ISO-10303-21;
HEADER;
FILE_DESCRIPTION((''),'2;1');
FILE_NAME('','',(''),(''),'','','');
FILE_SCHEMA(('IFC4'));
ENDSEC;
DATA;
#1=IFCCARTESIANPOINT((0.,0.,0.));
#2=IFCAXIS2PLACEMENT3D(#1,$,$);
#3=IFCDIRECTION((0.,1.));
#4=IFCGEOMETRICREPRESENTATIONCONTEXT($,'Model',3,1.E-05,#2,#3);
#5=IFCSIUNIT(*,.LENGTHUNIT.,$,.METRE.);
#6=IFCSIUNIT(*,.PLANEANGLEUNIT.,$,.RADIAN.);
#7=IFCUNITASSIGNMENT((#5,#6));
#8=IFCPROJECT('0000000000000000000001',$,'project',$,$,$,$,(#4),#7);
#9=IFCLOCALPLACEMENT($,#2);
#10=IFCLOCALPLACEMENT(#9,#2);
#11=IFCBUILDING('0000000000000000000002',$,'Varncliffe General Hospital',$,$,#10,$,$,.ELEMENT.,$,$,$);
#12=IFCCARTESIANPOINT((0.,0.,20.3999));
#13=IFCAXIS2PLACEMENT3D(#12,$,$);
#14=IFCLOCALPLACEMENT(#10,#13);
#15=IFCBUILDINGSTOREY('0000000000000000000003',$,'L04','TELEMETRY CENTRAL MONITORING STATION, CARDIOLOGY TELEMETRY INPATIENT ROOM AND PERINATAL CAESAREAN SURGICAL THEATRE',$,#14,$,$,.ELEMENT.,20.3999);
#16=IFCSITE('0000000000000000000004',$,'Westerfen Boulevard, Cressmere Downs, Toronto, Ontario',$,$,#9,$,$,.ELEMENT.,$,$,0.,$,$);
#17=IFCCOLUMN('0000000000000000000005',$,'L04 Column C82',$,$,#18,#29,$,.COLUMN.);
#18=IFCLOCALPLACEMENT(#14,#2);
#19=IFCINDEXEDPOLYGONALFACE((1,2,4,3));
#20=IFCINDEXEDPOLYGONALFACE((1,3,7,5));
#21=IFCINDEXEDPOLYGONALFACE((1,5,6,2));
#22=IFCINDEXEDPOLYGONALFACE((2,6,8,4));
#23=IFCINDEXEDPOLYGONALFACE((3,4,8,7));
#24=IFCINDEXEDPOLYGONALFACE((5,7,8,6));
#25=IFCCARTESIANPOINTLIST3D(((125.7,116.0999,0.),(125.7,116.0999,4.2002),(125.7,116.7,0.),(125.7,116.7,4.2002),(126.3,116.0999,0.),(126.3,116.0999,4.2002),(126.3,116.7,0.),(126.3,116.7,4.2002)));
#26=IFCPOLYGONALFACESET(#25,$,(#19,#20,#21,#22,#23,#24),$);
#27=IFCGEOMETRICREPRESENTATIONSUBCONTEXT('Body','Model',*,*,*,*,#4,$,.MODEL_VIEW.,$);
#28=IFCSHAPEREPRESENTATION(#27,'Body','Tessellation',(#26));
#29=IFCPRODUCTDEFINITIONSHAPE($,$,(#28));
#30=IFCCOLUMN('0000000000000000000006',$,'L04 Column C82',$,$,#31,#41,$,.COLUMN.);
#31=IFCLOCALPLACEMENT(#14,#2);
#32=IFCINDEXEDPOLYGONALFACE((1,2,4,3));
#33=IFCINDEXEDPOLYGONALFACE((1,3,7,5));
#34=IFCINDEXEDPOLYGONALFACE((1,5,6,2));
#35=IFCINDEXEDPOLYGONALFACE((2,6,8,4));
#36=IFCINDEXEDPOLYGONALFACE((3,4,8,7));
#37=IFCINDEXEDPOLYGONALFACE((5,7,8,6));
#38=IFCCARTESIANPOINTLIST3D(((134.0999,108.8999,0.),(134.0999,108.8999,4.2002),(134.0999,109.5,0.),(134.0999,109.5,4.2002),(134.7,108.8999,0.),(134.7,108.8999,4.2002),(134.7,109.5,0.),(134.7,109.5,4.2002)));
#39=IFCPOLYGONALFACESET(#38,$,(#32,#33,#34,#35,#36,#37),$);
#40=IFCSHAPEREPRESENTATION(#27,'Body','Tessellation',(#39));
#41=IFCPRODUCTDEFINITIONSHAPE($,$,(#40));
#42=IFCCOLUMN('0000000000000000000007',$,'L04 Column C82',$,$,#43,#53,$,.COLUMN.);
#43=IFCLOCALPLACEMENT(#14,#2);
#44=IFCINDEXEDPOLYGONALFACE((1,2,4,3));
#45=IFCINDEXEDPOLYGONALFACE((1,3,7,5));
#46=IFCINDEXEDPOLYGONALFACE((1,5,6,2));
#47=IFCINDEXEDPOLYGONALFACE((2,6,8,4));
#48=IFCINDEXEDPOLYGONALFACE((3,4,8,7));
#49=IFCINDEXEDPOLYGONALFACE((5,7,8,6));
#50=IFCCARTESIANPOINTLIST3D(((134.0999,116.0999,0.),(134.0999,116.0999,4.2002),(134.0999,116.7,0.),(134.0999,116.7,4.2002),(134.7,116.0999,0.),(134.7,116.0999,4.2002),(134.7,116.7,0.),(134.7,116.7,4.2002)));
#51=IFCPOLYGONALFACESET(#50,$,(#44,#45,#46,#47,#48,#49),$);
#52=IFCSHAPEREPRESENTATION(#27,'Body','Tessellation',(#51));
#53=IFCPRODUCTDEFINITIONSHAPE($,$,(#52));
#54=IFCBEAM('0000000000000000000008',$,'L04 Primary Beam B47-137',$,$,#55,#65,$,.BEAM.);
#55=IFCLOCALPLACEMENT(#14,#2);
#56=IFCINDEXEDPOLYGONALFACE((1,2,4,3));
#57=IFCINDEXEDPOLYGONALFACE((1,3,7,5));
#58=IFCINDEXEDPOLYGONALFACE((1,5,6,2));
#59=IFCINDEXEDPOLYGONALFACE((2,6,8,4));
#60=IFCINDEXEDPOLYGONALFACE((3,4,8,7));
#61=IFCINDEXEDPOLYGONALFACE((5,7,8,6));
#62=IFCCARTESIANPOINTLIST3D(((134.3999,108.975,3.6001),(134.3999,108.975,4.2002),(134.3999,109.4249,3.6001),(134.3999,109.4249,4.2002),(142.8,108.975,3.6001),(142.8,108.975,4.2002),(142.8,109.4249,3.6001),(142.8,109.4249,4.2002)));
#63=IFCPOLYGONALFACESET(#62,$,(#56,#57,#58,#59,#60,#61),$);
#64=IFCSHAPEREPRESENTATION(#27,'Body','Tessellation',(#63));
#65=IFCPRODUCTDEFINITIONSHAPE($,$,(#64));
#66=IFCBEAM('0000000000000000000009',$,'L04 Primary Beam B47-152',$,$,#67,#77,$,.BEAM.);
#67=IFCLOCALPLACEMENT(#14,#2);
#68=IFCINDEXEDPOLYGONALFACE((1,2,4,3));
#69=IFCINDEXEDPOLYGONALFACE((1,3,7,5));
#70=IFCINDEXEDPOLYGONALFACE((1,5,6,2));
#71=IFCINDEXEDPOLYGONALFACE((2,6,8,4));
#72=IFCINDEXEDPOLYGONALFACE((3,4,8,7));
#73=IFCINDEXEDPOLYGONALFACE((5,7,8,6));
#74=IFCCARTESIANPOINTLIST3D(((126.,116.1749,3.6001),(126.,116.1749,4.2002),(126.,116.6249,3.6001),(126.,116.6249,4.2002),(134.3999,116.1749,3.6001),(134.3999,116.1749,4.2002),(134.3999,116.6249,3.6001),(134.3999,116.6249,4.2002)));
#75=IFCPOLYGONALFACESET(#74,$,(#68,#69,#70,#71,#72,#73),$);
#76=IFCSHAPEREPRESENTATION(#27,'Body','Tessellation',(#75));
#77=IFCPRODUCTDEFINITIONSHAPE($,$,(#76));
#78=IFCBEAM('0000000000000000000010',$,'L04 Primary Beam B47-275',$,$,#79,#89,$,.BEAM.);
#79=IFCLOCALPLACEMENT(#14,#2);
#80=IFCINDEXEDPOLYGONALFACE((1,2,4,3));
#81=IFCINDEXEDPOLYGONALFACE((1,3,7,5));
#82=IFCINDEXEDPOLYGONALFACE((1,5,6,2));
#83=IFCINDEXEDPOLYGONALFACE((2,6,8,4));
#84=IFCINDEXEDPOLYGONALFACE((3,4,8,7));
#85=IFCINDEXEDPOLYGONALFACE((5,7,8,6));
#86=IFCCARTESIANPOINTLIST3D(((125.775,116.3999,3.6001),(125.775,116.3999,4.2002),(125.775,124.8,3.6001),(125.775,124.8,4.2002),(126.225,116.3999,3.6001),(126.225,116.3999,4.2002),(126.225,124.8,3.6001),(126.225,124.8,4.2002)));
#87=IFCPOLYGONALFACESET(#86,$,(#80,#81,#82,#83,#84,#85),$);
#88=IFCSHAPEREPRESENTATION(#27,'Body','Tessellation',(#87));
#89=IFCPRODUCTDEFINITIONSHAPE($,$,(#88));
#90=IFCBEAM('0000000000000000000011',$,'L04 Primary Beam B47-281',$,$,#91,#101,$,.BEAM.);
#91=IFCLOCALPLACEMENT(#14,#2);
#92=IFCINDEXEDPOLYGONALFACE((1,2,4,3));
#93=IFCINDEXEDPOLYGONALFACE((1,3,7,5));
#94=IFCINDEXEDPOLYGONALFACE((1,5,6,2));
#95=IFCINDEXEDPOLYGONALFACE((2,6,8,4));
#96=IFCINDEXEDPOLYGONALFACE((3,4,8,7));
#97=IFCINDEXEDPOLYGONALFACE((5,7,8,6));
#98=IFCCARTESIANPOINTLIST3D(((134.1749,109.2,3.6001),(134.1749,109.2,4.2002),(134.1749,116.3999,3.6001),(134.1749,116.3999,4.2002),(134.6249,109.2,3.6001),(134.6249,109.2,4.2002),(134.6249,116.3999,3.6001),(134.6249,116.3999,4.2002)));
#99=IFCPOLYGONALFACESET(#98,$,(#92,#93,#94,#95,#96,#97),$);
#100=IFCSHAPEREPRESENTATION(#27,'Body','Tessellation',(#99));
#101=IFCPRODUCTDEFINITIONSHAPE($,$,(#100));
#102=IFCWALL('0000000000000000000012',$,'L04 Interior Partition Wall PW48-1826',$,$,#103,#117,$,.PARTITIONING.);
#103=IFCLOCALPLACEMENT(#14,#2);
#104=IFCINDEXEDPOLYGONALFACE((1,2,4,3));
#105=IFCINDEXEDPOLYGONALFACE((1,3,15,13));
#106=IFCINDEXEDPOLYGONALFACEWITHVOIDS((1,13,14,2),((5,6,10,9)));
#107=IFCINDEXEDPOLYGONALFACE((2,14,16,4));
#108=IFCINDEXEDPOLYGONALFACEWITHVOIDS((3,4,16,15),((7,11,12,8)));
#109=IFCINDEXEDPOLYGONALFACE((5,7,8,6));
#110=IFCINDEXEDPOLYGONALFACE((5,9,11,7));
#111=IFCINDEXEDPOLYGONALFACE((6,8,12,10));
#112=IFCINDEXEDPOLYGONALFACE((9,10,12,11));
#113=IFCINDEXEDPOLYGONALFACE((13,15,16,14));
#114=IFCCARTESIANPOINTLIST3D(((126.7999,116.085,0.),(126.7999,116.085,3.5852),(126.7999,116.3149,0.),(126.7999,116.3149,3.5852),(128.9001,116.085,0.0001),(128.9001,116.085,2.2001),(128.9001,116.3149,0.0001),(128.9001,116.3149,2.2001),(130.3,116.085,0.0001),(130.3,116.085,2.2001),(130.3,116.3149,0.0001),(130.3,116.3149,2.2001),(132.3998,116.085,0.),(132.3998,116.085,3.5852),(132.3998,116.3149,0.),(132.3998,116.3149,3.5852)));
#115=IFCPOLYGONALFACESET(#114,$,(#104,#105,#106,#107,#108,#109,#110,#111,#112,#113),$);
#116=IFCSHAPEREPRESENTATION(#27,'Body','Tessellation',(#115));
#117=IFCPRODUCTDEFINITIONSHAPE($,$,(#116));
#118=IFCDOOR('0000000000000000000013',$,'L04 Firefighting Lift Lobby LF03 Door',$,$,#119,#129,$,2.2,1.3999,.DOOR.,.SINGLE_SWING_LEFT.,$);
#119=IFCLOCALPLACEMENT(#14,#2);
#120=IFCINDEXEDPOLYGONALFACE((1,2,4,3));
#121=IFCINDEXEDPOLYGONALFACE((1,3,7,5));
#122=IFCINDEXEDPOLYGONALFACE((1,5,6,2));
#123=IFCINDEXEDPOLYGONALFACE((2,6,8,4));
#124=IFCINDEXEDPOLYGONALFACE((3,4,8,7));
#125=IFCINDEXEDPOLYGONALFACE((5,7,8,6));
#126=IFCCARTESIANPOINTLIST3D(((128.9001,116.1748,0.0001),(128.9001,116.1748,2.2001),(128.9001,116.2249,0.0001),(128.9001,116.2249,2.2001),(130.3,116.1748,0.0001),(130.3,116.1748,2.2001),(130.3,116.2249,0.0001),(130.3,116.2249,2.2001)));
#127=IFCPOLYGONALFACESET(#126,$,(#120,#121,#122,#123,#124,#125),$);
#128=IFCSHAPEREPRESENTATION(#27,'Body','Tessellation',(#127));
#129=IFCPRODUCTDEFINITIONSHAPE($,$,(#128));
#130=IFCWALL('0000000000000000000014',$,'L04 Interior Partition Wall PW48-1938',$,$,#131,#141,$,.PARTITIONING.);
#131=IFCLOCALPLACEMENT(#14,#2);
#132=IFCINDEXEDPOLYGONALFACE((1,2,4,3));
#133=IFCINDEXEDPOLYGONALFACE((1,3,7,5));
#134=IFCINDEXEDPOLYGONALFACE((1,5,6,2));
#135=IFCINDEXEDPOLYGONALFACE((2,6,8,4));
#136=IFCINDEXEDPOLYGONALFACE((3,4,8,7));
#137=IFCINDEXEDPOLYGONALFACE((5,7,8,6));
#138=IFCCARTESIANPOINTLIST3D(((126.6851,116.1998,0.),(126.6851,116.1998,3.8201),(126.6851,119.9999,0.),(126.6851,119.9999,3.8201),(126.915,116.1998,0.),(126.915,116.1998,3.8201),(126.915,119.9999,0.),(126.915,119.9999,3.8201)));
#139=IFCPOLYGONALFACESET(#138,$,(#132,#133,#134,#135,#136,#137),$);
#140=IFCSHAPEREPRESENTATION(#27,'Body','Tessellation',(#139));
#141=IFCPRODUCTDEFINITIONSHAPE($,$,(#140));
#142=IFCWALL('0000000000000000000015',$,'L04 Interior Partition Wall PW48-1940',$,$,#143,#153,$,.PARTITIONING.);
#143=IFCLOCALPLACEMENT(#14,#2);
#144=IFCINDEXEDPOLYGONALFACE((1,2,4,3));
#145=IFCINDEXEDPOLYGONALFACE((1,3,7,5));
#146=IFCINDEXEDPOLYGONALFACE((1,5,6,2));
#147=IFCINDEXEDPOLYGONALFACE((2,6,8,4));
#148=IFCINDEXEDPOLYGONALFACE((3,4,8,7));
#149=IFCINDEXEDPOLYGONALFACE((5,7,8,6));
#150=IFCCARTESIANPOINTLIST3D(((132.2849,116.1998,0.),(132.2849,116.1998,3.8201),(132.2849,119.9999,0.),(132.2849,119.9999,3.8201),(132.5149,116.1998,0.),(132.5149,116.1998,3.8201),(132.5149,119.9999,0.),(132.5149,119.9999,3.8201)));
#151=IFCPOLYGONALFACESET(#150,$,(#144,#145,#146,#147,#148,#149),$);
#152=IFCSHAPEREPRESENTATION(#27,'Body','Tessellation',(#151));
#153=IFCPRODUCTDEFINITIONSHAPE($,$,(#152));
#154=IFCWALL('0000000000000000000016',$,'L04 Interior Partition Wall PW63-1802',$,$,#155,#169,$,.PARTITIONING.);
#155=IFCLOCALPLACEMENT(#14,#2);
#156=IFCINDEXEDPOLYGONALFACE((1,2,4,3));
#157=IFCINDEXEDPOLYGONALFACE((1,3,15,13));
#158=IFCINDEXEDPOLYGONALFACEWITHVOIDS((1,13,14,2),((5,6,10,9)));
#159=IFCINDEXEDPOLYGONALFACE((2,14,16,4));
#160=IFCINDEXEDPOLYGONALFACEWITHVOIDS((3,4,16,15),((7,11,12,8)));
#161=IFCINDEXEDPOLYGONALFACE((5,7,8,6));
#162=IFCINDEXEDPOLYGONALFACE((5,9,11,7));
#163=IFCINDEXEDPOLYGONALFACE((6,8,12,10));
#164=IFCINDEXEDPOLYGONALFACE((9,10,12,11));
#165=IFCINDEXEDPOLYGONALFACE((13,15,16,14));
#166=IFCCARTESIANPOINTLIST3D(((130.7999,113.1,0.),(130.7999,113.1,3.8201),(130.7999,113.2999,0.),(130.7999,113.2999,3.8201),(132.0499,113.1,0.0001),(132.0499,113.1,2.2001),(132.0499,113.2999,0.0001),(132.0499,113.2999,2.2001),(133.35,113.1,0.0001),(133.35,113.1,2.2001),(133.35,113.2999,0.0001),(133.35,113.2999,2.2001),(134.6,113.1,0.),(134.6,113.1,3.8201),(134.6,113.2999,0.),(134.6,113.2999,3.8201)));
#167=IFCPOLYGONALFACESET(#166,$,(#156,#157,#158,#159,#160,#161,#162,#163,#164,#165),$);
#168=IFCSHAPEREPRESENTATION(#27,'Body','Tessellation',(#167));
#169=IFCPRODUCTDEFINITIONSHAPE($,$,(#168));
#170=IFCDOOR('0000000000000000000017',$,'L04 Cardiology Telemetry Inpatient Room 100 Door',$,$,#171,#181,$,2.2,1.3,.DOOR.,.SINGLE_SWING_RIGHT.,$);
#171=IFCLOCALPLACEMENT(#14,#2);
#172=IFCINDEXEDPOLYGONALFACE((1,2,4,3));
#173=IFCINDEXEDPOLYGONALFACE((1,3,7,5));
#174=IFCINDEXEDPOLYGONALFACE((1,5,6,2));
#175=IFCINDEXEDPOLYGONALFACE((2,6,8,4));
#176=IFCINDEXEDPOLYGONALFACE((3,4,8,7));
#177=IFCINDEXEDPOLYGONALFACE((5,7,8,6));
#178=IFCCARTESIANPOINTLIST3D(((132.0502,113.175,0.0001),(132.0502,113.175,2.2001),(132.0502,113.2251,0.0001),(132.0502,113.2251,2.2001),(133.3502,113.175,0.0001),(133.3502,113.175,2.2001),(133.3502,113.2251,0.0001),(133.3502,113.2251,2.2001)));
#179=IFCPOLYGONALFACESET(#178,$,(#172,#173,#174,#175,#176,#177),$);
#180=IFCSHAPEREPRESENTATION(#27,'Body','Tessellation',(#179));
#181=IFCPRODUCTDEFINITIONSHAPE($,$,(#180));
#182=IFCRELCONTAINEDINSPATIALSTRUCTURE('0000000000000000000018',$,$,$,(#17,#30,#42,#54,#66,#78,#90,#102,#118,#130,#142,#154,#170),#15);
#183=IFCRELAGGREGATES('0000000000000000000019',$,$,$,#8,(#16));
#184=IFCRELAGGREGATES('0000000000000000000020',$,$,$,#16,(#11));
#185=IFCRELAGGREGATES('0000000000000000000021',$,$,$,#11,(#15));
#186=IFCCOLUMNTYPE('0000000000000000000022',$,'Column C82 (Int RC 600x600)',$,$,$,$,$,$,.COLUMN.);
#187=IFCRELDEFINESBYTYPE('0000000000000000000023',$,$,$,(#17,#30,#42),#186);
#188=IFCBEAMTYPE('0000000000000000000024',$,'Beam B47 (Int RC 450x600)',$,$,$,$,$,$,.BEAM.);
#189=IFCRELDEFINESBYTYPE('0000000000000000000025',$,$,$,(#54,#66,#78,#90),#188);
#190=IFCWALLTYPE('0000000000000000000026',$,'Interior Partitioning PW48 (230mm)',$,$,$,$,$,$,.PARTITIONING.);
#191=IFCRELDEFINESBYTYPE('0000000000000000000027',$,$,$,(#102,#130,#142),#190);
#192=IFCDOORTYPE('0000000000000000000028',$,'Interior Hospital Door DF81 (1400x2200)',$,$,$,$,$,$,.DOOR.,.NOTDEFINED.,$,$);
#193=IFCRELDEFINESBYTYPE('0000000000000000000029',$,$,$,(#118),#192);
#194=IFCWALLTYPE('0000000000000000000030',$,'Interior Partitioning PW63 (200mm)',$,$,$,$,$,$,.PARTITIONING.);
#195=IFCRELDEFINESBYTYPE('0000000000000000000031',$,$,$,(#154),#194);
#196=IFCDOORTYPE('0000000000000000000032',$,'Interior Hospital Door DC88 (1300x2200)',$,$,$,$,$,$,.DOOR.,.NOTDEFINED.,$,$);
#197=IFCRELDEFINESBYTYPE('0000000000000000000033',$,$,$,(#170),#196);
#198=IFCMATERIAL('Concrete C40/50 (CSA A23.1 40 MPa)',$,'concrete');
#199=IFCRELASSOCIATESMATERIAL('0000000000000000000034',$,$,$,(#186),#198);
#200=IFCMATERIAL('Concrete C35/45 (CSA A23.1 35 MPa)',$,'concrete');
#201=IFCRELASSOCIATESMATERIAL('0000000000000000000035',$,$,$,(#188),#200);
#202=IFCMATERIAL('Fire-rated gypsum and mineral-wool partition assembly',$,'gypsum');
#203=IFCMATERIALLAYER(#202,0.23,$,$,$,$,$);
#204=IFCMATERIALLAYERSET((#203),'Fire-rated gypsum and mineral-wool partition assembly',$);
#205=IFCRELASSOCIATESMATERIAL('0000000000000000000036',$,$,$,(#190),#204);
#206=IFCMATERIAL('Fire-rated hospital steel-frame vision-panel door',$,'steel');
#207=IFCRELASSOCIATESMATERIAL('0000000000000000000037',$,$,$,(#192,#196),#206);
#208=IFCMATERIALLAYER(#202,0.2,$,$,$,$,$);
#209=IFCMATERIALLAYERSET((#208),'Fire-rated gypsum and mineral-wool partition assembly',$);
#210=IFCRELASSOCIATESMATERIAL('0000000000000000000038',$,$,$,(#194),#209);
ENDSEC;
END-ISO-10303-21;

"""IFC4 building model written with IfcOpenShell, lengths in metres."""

from ifc_helpers import new_model, si_unit, direction, frame, frame_2d, origin, origin_2d, place, context, subcontext, project, spatial, rectangle, extrude, material, layer, layer_set, material_profile, profile_set, type_object, element, fill, save


model = new_model("IFC4")

# Units and contexts
model_context = context("Model", 3, precision=1e-05, world=origin(), true_north=direction((0.0, 1.0)))
body_context = subcontext(model_context, "Body", "Model", "MODEL_VIEW")
ifc_project = project(units=[si_unit("LENGTHUNIT", "METRE"), si_unit("PLANEANGLEUNIT", "RADIAN")], contexts=[model_context])

# Site, building, storey
site_placement = place(None, origin())
site = spatial("IfcSite", under=ifc_project, at=site_placement, Name="Westerfen Boulevard, Cressmere Downs, Toronto, Ontario", CompositionType="ELEMENT", RefElevation=0.0)
building_placement = place(site_placement, origin())
building = spatial("IfcBuilding", under=site, at=building_placement, Name="Varncliffe General Hospital", CompositionType="ELEMENT")
storey_placement = place(building_placement, frame((0.0, 0.0, 20.3999)))
storey = spatial("IfcBuildingStorey", under=building, at=storey_placement, Name="L04", Description="TELEMETRY CENTRAL MONITORING STATION, CARDIOLOGY TELEMETRY INPATIENT ROOM AND PERINATAL CAESAREAN SURGICAL THEATRE", CompositionType="ELEMENT", Elevation=20.3999)

# Columns
ifc_material_1 = material(Name="Concrete C40/50 (CSA A23.1 40 MPa)", Category="concrete")
ifc_material_profile_1 = material_profile(ifc_material_1, rectangle(XDim=0.6001, YDim=0.6001, at=origin_2d()), Name="RC 600x600")
ifc_profile_set_1 = profile_set([ifc_material_profile_1], Name="Concrete C40/50 (CSA A23.1 40 MPa)")
column_type = type_object("IfcColumnType", Name="Column C82 (Int RC 600x600)", PredefinedType="COLUMN", material=ifc_profile_set_1)
for number, where, z_axis, x_axis, name in (
    (1, (126.0, 116.3999, 0.0), (0.0, 0.0, 1.0), (1.0, 0.0, 0.0), "L04 Column C82"),
    (2, (134.3999, 109.2, 0.0), (0.0, 0.0, 1.0), (1.0, 0.0, 0.0), "L04 Column C82"),
    (3, (134.3999, 116.3999, 0.0), (0.0, 0.0, 1.0), (1.0, 0.0, 0.0), "L04 Column C82"),
):
    element("IfcColumn", number, at=place(storey_placement, frame(where, z_axis=z_axis, x_axis=x_axis)), inside=storey, type_object=column_type, Name=name, PredefinedType="COLUMN", context=body_context, shape_type="SweptSolid", body=[
        extrude(rectangle(XDim=0.6001, YDim=0.6001, at=origin_2d()), origin(), (0.0, 0.0, 1.0), 4.2002),
    ])

# Beams
ifc_material_2 = material(Name="Concrete C35/45 (CSA A23.1 35 MPa)", Category="concrete")
ifc_material_profile_2 = material_profile(ifc_material_2, rectangle(XDim=0.45, YDim=0.6001, at=origin_2d()), Name="RC 450x600")
ifc_profile_set_2 = profile_set([ifc_material_profile_2], Name="Concrete C35/45 (CSA A23.1 35 MPa)")
beam_type = type_object("IfcBeamType", Name="Beam B47 (Int RC 450x600)", PredefinedType="BEAM", material=ifc_profile_set_2)
beam_1_placement = place(storey_placement, frame((134.3999, 109.2, 3.9001), z_axis=(1.0, 0.0, 0.0), x_axis=(0.0, 1.0, 0.0)))
element("IfcBeam", 4, at=beam_1_placement, inside=storey, type_object=beam_type, Name="L04 Primary Beam B47-137", PredefinedType="BEAM", context=body_context, shape_type="SweptSolid", body=[
    extrude(rectangle(XDim=0.45, YDim=0.6001, at=origin_2d()), origin(), (0.0, 0.0, 1.0), 8.4001),
])
beam_2_placement = place(storey_placement, frame((126.0, 116.3999, 3.9001), z_axis=(1.0, 0.0, 0.0), x_axis=(0.0, 1.0, 0.0)))
element("IfcBeam", 5, at=beam_2_placement, inside=storey, type_object=beam_type, Name="L04 Primary Beam B47-152", PredefinedType="BEAM", context=body_context, shape_type="SweptSolid", body=[
    extrude(rectangle(XDim=0.45, YDim=0.6001, at=origin_2d()), origin(), (0.0, 0.0, 1.0), 8.3999),
])
beam_3_placement = place(storey_placement, frame((126.0, 116.3999, 3.9001), z_axis=(0.0, 1.0, 0.0), x_axis=(-1.0, 0.0, 0.0)))
element("IfcBeam", 6, at=beam_3_placement, inside=storey, type_object=beam_type, Name="L04 Primary Beam B47-275", PredefinedType="BEAM", context=body_context, shape_type="SweptSolid", body=[
    extrude(rectangle(XDim=0.45, YDim=0.6001, at=origin_2d()), origin(), (0.0, 0.0, 1.0), 8.4001),
])
beam_4_placement = place(storey_placement, frame((134.3999, 109.2, 3.9001), z_axis=(0.0, 1.0, 0.0), x_axis=(-1.0, 0.0, 0.0)))
element("IfcBeam", 7, at=beam_4_placement, inside=storey, type_object=beam_type, Name="L04 Primary Beam B47-281", PredefinedType="BEAM", context=body_context, shape_type="SweptSolid", body=[
    extrude(rectangle(XDim=0.45, YDim=0.6001, at=origin_2d()), origin(), (0.0, 0.0, 1.0), 7.2),
])

# Wall, opening, door
ifc_material_3 = material(Name="Fire-rated gypsum and mineral-wool partition assembly", Category="gypsum")
ifc_layer_1 = layer(ifc_material_3, 0.23)
ifc_layer_set_1 = layer_set([ifc_layer_1], Name="Fire-rated gypsum and mineral-wool partition assembly")
wall_type_1 = type_object("IfcWallType", Name="Interior Partitioning PW48 (230mm)", PredefinedType="PARTITIONING", material=ifc_layer_set_1)
wall_1_placement = place(storey_placement, frame((126.8, 116.2, 0.0), z_axis=(0.0, 0.0, 1.0), x_axis=(1.0, 0.0, 0.0)))
wall_1 = element("IfcWall", 8, at=wall_1_placement, inside=storey, type_object=wall_type_1, Name="L04 Interior Partition Wall PW48-1826", PredefinedType="PARTITIONING", context=body_context, shape_type="SweptSolid", body=[
    extrude(rectangle(XDim=5.5999, YDim=0.23, at=frame_2d((2.7998, 0.0))), origin(), (0.0, 0.0, 1.0), 3.5852),
])
opening_1_placement = place(wall_1_placement, frame((2.1001, 0.0, 0.0)))
opening_1 = element("IfcOpeningElement", 9, at=opening_1_placement, cuts=wall_1, PredefinedType="OPENING", context=body_context, shape_type="SweptSolid", body=[
    extrude(rectangle(XDim=1.3999, YDim=2.2, at=frame_2d((0.7, 1.1001))), frame((0.0, 0.125, 0.0), z_axis=(0.0, -1.0, 0.0), x_axis=(1.0, 0.0, 0.0)), (0.0, 0.0, 1.0), 0.25),
])
ifc_material_4 = material(Name="Fire-rated hospital steel-frame vision-panel door", Category="steel")
door_type_1 = type_object("IfcDoorType", Name="Interior Hospital Door DF81 (1400x2200)", OperationType="NOTDEFINED", PredefinedType="DOOR", material=ifc_material_4)
door_1_placement = place(opening_1_placement, origin())
door_1 = element("IfcDoor", 10, at=door_1_placement, inside=storey, type_object=door_type_1, Name="L04 Firefighting Lift Lobby LF03 Door", OperationType="SINGLE_SWING_LEFT", OverallHeight=2.2, OverallWidth=1.3999, PredefinedType="DOOR", context=body_context, shape_type="SweptSolid", body=[
    extrude(rectangle(XDim=1.3999, YDim=2.2, at=frame_2d((0.7, 1.1001))), frame((0.0, 0.0249, 0.0), z_axis=(0.0, -1.0, 0.0), x_axis=(1.0, 0.0, 0.0)), (0.0, 0.0, 1.0), 0.05),
])
fill(opening_1, door_1)

# Walls
for number, where, z_axis, x_axis, name in (
    (11, (126.8, 116.2, 0.0), (0.0, 0.0, 1.0), (0.0, 1.0, 0.0), "L04 Interior Partition Wall PW48-1938"),
    (12, (132.3999, 116.2, 0.0), (0.0, 0.0, 1.0), (0.0, 1.0, 0.0), "L04 Interior Partition Wall PW48-1940"),
):
    element("IfcWall", number, at=place(storey_placement, frame(where, z_axis=z_axis, x_axis=x_axis)), inside=storey, type_object=wall_type_1, Name=name, PredefinedType="PARTITIONING", context=body_context, shape_type="SweptSolid", body=[
        extrude(rectangle(XDim=3.8, YDim=0.23, at=frame_2d((1.8999, 0.0))), origin(), (0.0, 0.0, 1.0), 3.8201),
    ])

# Wall, opening, door
ifc_layer_2 = layer(ifc_material_3, 0.2)
ifc_layer_set_2 = layer_set([ifc_layer_2], Name="Fire-rated gypsum and mineral-wool partition assembly")
wall_type_2 = type_object("IfcWallType", Name="Interior Partitioning PW63 (200mm)", PredefinedType="PARTITIONING", material=ifc_layer_set_2)
wall_2_placement = place(storey_placement, frame((130.8, 113.2, 0.0), z_axis=(0.0, 0.0, 1.0), x_axis=(1.0, 0.0, 0.0)))
wall_2 = element("IfcWall", 13, at=wall_2_placement, inside=storey, type_object=wall_type_2, Name="L04 Interior Partition Wall PW63-1802", PredefinedType="PARTITIONING", context=body_context, shape_type="SweptSolid", body=[
    extrude(rectangle(XDim=3.8, YDim=0.2, at=frame_2d((1.8999, 0.0))), origin(), (0.0, 0.0, 1.0), 3.8201),
])
opening_2_placement = place(wall_2_placement, frame((1.25, 0.0, 0.0)))
opening_2 = element("IfcOpeningElement", 14, at=opening_2_placement, cuts=wall_2, PredefinedType="OPENING", context=body_context, shape_type="SweptSolid", body=[
    extrude(rectangle(XDim=1.3, YDim=2.2, at=frame_2d((0.6499, 1.1001))), frame((0.0, 0.1099, 0.0), z_axis=(0.0, -1.0, 0.0), x_axis=(1.0, 0.0, 0.0)), (0.0, 0.0, 1.0), 0.22),
])
door_type_2 = type_object("IfcDoorType", Name="Interior Hospital Door DC88 (1300x2200)", OperationType="NOTDEFINED", PredefinedType="DOOR", material=ifc_material_4)
door_2_placement = place(opening_2_placement, frame((1.3, 0.0, 0.0), z_axis=(0.0, 0.0, 1.0), x_axis=(-1.0, 0.0, 0.0)))
door_2 = element("IfcDoor", 15, at=door_2_placement, inside=storey, type_object=door_type_2, Name="L04 Cardiology Telemetry Inpatient Room 100 Door", OperationType="SINGLE_SWING_RIGHT", OverallHeight=2.2, OverallWidth=1.3, PredefinedType="DOOR", context=body_context, shape_type="SweptSolid", body=[
    extrude(rectangle(XDim=1.3, YDim=2.2, at=frame_2d((0.6499, 1.1001))), frame((0.0, 0.0249, 0.0), z_axis=(0.0, -1.0, 0.0), x_axis=(1.0, 0.0, 0.0)), (0.0, 0.0, 1.0), 0.05),
])
fill(opening_2, door_2)

save(model, "model.ifc")
